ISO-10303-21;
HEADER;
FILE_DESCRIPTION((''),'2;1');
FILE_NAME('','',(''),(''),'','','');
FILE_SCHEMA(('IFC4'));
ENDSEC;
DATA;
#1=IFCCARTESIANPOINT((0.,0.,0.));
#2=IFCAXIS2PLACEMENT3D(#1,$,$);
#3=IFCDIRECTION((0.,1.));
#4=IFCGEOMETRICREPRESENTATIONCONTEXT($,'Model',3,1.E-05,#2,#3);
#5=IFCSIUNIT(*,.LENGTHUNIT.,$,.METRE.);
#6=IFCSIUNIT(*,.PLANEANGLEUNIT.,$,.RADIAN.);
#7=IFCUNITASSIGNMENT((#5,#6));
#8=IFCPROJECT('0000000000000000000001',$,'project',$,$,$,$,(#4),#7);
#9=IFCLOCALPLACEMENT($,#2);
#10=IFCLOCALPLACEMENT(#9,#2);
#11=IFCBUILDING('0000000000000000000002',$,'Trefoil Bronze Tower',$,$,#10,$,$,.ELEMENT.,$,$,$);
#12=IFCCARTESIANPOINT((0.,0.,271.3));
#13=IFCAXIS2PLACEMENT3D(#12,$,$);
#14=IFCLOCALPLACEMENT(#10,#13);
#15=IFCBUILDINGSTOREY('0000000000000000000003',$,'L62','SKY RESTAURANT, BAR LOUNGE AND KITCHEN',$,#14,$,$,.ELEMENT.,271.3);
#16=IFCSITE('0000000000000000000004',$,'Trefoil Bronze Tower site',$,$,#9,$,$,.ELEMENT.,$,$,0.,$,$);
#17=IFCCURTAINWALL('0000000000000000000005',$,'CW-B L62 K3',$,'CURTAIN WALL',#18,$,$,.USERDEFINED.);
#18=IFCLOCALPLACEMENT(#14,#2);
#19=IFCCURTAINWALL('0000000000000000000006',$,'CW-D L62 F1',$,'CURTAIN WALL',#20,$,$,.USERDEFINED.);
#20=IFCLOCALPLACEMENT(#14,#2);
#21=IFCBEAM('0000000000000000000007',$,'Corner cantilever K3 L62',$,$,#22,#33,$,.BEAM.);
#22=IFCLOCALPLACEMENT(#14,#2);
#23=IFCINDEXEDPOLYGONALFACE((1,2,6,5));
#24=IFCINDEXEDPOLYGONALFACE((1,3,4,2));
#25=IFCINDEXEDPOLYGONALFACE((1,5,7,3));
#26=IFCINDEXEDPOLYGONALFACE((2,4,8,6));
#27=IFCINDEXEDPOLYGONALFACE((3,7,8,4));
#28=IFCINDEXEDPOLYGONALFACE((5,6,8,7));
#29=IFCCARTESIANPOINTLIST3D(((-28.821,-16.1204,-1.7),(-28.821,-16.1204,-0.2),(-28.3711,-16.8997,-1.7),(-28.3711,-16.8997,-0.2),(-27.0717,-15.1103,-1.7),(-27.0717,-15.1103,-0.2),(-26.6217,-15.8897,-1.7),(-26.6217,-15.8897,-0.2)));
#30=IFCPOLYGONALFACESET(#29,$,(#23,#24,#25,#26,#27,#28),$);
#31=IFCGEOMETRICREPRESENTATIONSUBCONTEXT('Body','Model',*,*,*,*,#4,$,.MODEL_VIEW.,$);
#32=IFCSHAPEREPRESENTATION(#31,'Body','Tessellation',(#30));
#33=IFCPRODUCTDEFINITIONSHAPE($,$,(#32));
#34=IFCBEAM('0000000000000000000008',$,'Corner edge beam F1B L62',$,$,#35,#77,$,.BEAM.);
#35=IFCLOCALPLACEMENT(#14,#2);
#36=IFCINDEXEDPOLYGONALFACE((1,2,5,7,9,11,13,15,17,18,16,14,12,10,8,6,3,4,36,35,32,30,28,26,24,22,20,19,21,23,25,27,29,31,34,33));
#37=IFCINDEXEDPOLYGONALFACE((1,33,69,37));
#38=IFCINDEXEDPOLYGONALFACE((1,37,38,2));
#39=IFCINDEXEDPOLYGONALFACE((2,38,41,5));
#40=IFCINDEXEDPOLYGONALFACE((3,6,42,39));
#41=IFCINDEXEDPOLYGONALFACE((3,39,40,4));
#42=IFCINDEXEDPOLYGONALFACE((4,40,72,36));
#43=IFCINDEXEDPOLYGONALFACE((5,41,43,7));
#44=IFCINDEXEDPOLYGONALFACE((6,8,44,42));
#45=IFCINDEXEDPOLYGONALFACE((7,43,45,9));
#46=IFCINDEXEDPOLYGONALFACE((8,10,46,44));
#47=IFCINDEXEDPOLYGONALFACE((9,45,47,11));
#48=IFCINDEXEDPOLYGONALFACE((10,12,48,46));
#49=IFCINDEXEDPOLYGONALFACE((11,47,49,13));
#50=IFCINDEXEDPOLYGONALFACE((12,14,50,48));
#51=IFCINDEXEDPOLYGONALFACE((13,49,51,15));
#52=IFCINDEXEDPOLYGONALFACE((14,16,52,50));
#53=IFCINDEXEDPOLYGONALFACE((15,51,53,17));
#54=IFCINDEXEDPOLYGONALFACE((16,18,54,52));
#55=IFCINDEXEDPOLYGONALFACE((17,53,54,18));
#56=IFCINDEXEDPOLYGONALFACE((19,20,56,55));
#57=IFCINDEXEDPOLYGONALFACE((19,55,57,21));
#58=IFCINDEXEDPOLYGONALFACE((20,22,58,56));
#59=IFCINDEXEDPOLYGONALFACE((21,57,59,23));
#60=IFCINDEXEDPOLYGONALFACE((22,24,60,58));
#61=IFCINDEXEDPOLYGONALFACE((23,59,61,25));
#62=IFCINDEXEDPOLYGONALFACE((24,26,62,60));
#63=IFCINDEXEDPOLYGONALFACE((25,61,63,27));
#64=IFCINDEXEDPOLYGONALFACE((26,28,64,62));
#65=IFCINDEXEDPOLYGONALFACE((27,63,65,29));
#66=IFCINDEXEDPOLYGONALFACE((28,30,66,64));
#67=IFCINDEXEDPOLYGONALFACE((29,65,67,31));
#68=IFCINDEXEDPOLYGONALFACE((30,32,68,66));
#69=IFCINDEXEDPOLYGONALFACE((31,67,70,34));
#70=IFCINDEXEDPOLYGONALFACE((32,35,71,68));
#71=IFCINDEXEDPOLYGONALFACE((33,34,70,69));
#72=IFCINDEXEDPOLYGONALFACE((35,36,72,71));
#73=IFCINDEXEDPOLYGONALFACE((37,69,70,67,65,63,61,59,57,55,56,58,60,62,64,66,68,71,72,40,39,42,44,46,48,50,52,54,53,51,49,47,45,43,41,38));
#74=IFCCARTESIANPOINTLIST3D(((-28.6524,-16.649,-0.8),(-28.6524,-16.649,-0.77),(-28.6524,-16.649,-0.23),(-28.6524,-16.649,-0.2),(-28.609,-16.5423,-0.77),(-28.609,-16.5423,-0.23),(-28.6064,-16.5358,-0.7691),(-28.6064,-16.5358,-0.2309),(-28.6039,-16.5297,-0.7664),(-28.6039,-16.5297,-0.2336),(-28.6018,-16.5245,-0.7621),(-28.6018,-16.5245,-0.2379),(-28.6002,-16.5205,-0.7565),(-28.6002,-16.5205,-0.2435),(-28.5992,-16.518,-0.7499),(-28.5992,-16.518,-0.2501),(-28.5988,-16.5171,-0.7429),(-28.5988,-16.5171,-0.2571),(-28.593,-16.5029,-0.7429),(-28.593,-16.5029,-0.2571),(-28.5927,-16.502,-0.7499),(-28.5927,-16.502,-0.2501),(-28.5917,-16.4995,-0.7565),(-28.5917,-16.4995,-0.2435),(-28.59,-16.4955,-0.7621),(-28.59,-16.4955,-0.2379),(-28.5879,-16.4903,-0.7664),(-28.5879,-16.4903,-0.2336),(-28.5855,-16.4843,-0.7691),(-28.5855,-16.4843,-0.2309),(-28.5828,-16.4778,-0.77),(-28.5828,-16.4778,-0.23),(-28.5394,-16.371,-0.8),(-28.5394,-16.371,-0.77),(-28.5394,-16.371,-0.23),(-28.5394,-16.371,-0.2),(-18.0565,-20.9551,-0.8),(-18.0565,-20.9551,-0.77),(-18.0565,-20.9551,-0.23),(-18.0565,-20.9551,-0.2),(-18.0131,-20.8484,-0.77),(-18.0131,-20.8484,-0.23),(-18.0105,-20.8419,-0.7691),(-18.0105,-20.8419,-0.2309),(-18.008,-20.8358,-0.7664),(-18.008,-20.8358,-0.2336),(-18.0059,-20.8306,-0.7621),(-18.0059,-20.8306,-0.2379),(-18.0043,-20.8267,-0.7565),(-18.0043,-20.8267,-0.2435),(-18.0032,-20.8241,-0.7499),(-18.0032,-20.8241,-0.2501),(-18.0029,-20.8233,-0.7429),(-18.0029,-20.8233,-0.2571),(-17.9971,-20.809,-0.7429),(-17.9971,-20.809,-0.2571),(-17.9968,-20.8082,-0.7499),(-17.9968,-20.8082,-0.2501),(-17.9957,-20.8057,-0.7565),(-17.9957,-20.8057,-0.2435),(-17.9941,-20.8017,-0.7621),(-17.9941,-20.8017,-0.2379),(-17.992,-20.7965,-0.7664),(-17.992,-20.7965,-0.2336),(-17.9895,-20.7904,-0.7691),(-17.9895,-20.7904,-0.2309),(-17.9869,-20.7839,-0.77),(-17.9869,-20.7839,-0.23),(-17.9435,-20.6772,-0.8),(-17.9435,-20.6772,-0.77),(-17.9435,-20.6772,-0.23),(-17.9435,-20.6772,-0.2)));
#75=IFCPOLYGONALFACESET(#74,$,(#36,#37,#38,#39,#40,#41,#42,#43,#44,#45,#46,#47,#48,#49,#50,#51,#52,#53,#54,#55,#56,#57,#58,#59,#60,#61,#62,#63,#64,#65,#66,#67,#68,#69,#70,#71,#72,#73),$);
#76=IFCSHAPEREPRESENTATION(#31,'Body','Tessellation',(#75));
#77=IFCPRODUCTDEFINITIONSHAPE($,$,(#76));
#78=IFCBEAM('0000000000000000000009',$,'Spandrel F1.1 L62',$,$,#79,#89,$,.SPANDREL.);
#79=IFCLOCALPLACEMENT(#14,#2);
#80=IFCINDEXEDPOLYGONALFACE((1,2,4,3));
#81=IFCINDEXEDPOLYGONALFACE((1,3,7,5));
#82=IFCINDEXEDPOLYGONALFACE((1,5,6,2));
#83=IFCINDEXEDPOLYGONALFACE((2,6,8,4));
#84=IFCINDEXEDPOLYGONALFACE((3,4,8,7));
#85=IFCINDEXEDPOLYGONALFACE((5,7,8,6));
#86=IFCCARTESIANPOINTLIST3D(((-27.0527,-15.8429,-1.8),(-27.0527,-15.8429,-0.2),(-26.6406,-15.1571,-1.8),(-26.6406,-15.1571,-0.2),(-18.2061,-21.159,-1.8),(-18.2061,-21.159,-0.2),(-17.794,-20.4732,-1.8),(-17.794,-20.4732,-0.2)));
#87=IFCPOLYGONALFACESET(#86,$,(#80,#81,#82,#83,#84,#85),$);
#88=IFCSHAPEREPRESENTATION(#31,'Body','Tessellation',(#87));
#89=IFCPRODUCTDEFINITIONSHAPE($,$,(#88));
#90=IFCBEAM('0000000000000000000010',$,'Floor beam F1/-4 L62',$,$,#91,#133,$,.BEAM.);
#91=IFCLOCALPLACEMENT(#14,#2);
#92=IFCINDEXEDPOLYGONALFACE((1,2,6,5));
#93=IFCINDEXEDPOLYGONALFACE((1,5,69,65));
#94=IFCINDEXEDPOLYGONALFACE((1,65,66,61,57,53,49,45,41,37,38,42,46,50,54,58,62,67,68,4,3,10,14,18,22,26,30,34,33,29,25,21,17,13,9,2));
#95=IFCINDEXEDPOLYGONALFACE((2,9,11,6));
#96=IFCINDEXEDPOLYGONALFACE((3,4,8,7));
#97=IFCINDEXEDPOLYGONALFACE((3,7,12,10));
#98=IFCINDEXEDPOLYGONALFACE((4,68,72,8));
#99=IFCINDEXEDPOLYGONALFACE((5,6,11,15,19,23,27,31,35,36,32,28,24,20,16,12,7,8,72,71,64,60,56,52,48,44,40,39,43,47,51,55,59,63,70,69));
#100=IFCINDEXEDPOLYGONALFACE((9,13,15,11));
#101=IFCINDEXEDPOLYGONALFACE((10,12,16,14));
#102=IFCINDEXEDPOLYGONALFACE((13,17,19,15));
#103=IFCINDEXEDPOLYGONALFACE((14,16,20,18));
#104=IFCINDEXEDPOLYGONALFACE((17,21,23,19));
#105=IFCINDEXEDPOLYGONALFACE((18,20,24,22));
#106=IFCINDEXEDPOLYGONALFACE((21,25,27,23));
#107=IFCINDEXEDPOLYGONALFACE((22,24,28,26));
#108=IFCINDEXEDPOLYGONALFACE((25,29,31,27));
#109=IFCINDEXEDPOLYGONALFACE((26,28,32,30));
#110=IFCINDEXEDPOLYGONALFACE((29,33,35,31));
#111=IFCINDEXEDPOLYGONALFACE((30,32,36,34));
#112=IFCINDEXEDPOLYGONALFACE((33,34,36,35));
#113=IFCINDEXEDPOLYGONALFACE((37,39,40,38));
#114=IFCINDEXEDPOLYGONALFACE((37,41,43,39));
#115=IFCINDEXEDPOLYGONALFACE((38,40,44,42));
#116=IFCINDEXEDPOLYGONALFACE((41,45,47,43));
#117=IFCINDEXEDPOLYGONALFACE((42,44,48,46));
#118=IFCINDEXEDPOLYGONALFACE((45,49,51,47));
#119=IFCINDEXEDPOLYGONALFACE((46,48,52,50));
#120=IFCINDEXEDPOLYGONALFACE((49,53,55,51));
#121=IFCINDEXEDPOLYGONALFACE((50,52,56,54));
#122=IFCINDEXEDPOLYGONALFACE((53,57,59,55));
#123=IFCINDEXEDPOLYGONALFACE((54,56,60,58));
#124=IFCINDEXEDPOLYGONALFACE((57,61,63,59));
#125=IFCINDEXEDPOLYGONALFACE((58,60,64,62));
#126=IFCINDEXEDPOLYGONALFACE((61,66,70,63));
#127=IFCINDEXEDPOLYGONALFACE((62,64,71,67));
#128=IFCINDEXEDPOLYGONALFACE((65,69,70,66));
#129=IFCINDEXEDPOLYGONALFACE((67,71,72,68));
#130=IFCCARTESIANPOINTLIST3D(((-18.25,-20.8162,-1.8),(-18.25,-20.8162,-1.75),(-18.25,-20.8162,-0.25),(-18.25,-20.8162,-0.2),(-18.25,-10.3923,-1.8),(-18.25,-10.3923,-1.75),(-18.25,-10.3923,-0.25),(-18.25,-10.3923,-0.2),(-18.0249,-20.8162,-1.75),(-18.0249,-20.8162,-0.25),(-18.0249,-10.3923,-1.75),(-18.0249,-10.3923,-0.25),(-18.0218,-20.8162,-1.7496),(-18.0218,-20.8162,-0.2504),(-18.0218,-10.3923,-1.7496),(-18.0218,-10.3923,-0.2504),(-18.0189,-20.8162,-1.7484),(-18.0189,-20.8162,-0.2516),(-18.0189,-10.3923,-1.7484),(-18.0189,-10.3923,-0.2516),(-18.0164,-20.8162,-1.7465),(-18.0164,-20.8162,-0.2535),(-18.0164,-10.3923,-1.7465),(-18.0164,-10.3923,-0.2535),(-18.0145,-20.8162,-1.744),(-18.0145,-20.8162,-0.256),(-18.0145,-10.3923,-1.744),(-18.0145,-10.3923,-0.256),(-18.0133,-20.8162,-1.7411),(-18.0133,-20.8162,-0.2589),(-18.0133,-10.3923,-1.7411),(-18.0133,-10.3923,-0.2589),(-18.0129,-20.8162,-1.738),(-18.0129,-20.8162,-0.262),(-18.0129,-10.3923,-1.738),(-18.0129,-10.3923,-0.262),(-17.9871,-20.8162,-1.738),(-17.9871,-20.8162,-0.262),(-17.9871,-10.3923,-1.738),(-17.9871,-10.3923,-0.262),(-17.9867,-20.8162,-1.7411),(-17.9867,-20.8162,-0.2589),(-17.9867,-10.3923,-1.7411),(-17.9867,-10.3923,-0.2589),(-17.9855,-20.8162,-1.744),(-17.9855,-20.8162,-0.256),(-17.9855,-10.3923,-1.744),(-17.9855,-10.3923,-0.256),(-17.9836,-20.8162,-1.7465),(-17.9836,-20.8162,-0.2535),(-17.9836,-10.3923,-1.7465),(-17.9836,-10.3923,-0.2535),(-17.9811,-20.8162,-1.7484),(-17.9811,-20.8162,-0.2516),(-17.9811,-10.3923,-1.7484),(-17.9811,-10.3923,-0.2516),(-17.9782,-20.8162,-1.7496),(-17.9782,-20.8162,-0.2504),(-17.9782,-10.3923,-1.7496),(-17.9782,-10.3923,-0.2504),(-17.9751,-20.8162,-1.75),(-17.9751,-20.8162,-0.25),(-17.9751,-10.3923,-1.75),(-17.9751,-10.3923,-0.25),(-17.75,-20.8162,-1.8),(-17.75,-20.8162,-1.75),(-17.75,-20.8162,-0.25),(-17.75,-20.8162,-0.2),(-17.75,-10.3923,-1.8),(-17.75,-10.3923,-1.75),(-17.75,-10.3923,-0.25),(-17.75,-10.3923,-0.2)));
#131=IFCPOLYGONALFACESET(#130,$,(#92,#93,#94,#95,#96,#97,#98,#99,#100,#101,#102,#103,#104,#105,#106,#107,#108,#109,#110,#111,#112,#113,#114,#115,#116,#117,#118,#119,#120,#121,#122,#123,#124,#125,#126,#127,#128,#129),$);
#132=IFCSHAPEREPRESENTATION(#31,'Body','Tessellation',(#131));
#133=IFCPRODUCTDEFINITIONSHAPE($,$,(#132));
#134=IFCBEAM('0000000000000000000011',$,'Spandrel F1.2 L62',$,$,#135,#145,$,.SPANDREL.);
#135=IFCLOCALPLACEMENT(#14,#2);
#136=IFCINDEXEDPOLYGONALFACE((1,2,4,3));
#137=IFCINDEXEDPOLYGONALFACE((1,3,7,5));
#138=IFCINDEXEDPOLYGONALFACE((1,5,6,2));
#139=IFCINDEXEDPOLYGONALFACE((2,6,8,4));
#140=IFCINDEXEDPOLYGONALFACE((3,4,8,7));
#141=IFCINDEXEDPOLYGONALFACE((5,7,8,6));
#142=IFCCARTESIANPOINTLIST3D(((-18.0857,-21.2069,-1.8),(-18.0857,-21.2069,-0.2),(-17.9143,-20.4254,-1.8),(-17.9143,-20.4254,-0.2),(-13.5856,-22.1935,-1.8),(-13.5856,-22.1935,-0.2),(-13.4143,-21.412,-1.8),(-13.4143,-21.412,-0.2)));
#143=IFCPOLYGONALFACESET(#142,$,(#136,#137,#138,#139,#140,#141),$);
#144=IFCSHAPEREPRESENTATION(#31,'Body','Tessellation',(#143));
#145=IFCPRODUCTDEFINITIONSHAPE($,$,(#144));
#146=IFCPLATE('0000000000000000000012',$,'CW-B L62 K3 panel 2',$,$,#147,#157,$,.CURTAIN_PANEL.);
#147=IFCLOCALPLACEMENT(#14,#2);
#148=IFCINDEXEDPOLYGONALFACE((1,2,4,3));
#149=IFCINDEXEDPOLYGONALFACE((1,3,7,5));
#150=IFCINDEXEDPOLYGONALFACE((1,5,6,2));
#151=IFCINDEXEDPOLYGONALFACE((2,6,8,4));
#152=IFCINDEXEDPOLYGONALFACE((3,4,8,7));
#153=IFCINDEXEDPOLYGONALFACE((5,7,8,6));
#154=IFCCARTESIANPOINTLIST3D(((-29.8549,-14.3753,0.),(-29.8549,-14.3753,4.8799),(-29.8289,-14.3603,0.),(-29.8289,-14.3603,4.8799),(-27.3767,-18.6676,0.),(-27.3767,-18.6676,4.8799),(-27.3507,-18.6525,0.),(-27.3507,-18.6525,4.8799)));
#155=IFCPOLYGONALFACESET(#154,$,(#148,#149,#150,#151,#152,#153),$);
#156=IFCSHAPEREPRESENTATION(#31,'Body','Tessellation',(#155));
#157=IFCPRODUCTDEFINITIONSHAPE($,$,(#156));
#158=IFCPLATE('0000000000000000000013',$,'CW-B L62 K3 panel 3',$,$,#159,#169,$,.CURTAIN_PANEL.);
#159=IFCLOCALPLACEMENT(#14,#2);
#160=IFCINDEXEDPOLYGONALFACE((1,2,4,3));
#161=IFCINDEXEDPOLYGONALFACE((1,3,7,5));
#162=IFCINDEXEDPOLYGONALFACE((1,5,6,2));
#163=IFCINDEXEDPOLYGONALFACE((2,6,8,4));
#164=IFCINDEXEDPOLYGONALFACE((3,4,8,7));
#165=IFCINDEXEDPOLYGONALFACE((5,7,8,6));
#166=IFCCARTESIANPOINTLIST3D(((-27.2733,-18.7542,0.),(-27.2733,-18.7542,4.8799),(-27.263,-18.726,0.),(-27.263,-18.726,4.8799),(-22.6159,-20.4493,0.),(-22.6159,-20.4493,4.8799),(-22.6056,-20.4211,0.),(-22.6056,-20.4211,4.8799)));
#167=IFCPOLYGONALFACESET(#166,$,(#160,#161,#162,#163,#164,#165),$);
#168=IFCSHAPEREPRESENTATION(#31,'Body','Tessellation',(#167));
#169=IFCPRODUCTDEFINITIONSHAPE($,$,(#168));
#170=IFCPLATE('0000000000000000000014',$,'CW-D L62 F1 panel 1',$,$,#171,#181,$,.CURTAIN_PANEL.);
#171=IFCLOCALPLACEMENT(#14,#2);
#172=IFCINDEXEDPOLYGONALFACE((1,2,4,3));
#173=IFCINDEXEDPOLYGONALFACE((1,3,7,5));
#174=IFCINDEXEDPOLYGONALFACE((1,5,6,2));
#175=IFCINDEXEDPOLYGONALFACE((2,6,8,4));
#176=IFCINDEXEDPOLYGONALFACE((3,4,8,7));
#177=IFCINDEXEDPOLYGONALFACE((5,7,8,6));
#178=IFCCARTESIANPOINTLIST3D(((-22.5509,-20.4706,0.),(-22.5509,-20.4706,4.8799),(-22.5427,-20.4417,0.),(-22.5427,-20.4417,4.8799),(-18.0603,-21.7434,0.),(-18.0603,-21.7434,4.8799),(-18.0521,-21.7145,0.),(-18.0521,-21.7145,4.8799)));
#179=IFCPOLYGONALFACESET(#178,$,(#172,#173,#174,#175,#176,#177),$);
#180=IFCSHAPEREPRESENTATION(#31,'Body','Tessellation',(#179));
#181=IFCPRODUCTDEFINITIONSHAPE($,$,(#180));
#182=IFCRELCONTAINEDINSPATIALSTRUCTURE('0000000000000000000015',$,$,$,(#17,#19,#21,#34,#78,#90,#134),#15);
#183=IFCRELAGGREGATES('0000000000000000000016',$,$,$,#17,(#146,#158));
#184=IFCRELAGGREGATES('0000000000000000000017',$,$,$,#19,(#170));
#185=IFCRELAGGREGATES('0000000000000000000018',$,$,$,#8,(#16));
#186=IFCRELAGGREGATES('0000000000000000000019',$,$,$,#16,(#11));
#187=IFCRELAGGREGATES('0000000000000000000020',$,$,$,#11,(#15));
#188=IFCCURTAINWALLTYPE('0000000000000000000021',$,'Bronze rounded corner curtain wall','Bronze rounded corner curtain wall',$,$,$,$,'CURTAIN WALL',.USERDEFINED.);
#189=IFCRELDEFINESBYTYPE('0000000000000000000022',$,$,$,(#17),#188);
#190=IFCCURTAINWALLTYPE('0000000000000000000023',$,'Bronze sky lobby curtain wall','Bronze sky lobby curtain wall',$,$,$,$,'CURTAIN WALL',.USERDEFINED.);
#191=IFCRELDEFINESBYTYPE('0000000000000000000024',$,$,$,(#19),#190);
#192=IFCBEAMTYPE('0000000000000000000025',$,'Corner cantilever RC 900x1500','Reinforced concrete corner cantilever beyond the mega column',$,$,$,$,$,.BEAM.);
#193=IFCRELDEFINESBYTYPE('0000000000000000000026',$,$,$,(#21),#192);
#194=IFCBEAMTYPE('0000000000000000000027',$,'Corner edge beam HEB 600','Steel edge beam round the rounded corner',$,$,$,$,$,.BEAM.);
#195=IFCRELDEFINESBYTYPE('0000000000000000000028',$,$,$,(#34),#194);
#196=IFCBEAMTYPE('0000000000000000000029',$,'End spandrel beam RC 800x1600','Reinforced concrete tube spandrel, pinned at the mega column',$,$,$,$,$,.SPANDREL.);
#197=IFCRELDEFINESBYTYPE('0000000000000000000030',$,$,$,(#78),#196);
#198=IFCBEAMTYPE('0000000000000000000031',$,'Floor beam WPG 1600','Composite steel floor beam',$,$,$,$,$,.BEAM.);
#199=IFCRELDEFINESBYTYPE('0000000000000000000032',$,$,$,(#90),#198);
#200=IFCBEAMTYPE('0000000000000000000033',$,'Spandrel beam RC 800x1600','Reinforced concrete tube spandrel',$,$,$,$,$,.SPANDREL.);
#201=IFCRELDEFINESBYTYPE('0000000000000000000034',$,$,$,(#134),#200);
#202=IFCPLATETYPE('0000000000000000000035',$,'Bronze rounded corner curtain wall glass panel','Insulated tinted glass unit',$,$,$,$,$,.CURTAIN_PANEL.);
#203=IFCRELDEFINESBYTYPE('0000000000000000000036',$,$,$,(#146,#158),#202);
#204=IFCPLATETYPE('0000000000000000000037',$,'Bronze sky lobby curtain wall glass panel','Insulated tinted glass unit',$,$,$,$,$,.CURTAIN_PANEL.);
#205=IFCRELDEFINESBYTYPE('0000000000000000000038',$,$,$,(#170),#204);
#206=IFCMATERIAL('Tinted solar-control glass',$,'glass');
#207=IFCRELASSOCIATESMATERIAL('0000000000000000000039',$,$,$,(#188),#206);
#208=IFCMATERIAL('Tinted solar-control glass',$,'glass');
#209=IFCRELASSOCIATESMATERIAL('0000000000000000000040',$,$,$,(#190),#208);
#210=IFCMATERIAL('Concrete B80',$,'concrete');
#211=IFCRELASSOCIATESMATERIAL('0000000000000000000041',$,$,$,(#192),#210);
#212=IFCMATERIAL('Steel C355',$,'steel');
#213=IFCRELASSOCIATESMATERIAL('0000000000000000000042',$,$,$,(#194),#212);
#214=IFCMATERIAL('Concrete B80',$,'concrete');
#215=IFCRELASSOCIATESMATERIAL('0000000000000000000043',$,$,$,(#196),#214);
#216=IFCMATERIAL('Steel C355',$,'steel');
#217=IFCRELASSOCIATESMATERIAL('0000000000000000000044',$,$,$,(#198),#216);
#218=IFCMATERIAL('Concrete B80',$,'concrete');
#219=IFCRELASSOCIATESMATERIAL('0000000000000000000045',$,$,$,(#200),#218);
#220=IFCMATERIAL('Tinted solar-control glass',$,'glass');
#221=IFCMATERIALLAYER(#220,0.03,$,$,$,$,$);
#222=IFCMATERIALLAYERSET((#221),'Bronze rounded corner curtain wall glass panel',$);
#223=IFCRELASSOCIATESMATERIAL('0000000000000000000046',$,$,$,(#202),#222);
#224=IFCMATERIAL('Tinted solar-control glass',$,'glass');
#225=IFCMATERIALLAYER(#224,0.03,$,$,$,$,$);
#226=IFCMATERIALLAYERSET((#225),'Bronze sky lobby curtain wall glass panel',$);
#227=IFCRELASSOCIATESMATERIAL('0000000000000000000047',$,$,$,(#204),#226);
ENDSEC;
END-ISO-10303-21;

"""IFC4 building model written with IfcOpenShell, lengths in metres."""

from ifc_helpers import new_model, si_unit, direction, frame, origin, origin_2d, place, context, subcontext, project, spatial, rectangle, i_section, extrude, material, layer, layer_set, material_profile, profile_set, type_object, element, aggregate, save


model = new_model("IFC4")

# Units and contexts
model_context = context("Model", 3, precision=1e-05, world=origin(), true_north=direction((0.0, 1.0)))
body_context = subcontext(model_context, "Body", "Model", "MODEL_VIEW")
ifc_project = project(units=[si_unit("LENGTHUNIT", "METRE"), si_unit("PLANEANGLEUNIT", "RADIAN")], contexts=[model_context])

# Site, building, storey
site_placement = place(None, origin())
site = spatial("IfcSite", under=ifc_project, at=site_placement, Name="Trefoil Bronze Tower site", CompositionType="ELEMENT", RefElevation=0.0)
building_placement = place(site_placement, origin())
building = spatial("IfcBuilding", under=site, at=building_placement, Name="Trefoil Bronze Tower", CompositionType="ELEMENT")
storey_placement = place(building_placement, frame((0.0, 0.0, 271.3)))
storey = spatial("IfcBuildingStorey", under=building, at=storey_placement, Name="L62", Description="SKY RESTAURANT, BAR LOUNGE AND KITCHEN", CompositionType="ELEMENT", Elevation=271.3)

# Curtain walls
ifc_material_1 = material(Name="Tinted solar-control glass", Category="glass")
curtain_wall_type_1 = type_object("IfcCurtainWallType", Name="Bronze rounded corner curtain wall", Description="Bronze rounded corner curtain wall", ElementType="CURTAIN WALL", PredefinedType="USERDEFINED", material=ifc_material_1)
curtain_wall_1_placement = place(storey_placement, origin())
curtain_wall_1 = element("IfcCurtainWall", 1, at=curtain_wall_1_placement, inside=storey, type_object=curtain_wall_type_1, Name="CW-B L62 K3", ObjectType="CURTAIN WALL", PredefinedType="USERDEFINED")
ifc_material_2 = material(Name="Tinted solar-control glass", Category="glass")
curtain_wall_type_2 = type_object("IfcCurtainWallType", Name="Bronze sky lobby curtain wall", Description="Bronze sky lobby curtain wall", ElementType="CURTAIN WALL", PredefinedType="USERDEFINED", material=ifc_material_2)
curtain_wall_2_placement = place(storey_placement, origin())
curtain_wall_2 = element("IfcCurtainWall", 2, at=curtain_wall_2_placement, inside=storey, type_object=curtain_wall_type_2, Name="CW-D L62 F1", ObjectType="CURTAIN WALL", PredefinedType="USERDEFINED")

# Beams
ifc_material_3 = material(Name="Concrete B80", Category="concrete")
ifc_material_profile_1 = material_profile(ifc_material_3, rectangle(XDim=0.8999, YDim=1.5, at=origin_2d()), Name="RC 900x1500")
ifc_profile_set_1 = profile_set([ifc_material_profile_1], Name="Concrete B80")
beam_type_1 = type_object("IfcBeamType", Name="Corner cantilever RC 900x1500", Description="Reinforced concrete corner cantilever beyond the mega column", PredefinedType="BEAM", material=ifc_profile_set_1)
beam_1_placement = place(storey_placement, frame((-26.8467, -15.5, -0.95), z_axis=(-0.86601, -0.500026, 0.0), x_axis=(0.500026, -0.86601, 0.0)))
element("IfcBeam", 3, at=beam_1_placement, inside=storey, type_object=beam_type_1, Name="Corner cantilever K3 L62", PredefinedType="BEAM", context=body_context, shape_type="SweptSolid", body=[
    extrude(rectangle(XDim=0.8999, YDim=1.5, at=origin_2d()), origin(), (0.0, 0.0, 1.0), 2.02),
])
ifc_material_4 = material(Name="Steel C355", Category="steel")
ifc_material_profile_2 = material_profile(ifc_material_4, i_section(OverallWidth=0.3, OverallDepth=0.6001, WebThickness=0.0154, FlangeThickness=0.03, FilletRadius=0.0271, at=origin_2d()), Name="HEB 600")
ifc_profile_set_2 = profile_set([ifc_material_profile_2], Name="Steel C355")
beam_type_2 = type_object("IfcBeamType", Name="Corner edge beam HEB 600", Description="Steel edge beam round the rounded corner", PredefinedType="BEAM", material=ifc_profile_set_2)
beam_2_placement = place(storey_placement, frame((-18.0, -20.8162, -0.5), z_axis=(-0.926419, 0.376493, 0.0), x_axis=(-0.376493, -0.926419, 0.0)))
element("IfcBeam", 4, at=beam_2_placement, inside=storey, type_object=beam_type_2, Name="Corner edge beam F1B L62", PredefinedType="BEAM", context=body_context, shape_type="SweptSolid", body=[
    extrude(i_section(OverallWidth=0.3, OverallDepth=0.6001, WebThickness=0.0154, FlangeThickness=0.03, FilletRadius=0.0271, at=origin_2d()), origin(), (0.0, 0.0, 1.0), 11.4375),
])
ifc_material_5 = material(Name="Concrete B80", Category="concrete")
ifc_material_profile_3 = material_profile(ifc_material_5, rectangle(XDim=0.8, YDim=1.6001, at=origin_2d()), Name="RC 800x1600")
ifc_profile_set_3 = profile_set([ifc_material_profile_3], Name="Concrete B80")
beam_type_3 = type_object("IfcBeamType", Name="End spandrel beam RC 800x1600", Description="Reinforced concrete tube spandrel, pinned at the mega column", PredefinedType="SPANDREL", material=ifc_profile_set_3)
beam_3_placement = place(storey_placement, frame((-26.8467, -15.5, -1.0), z_axis=(0.857144, -0.515077, 0.0), x_axis=(0.515077, 0.857144, 0.0)))
element("IfcBeam", 5, at=beam_3_placement, inside=storey, type_object=beam_type_3, Name="Spandrel F1.1 L62", PredefinedType="SPANDREL", context=body_context, shape_type="SweptSolid", body=[
    extrude(rectangle(XDim=0.8, YDim=1.6001, at=origin_2d()), origin(), (0.0, 0.0, 1.0), 10.321),
])
ifc_material_6 = material(Name="Steel C355", Category="steel")
ifc_material_profile_4 = material_profile(ifc_material_6, i_section(OverallWidth=0.5, OverallDepth=1.6001, WebThickness=0.0259, FlangeThickness=0.05, FilletRadius=0.012, at=origin_2d()), Name="WPG 1600")
ifc_profile_set_4 = profile_set([ifc_material_profile_4], Name="Steel C355")
beam_type_4 = type_object("IfcBeamType", Name="Floor beam WPG 1600", Description="Composite steel floor beam", PredefinedType="BEAM", material=ifc_profile_set_4)
beam_4_placement = place(storey_placement, frame((-18.0, -20.8162, -1.0), z_axis=(0.0, 1.0, 0.0), x_axis=(-1.0, 0.0, 0.0)))
element("IfcBeam", 6, at=beam_4_placement, inside=storey, type_object=beam_type_4, Name="Floor beam F1/-4 L62", PredefinedType="BEAM", context=body_context, shape_type="SweptSolid", body=[
    extrude(i_section(OverallWidth=0.5, OverallDepth=1.6001, WebThickness=0.0259, FlangeThickness=0.05, FilletRadius=0.012, at=origin_2d()), origin(), (0.0, 0.0, 1.0), 10.4238),
])
ifc_material_7 = material(Name="Concrete B80", Category="concrete")
ifc_material_profile_5 = material_profile(ifc_material_7, rectangle(XDim=0.8, YDim=1.6001, at=origin_2d()), Name="RC 800x1600")
ifc_profile_set_5 = profile_set([ifc_material_profile_5], Name="Concrete B80")
beam_type_5 = type_object("IfcBeamType", Name="Spandrel beam RC 800x1600", Description="Reinforced concrete tube spandrel", PredefinedType="SPANDREL", material=ifc_profile_set_5)
beam_5_placement = place(storey_placement, frame((-18.0, -20.8162, -1.0), z_axis=(0.9768, -0.214152, 0.0), x_axis=(0.214152, 0.9768, 0.0)))
element("IfcBeam", 7, at=beam_5_placement, inside=storey, type_object=beam_type_5, Name="Spandrel F1.2 L62", PredefinedType="SPANDREL", context=body_context, shape_type="SweptSolid", body=[
    extrude(rectangle(XDim=0.8, YDim=1.6001, at=origin_2d()), origin(), (0.0, 0.0, 1.0), 4.6069),
])

# Plates
ifc_material_8 = material(Name="Tinted solar-control glass", Category="glass")
ifc_layer_1 = layer(ifc_material_8, 0.03)
ifc_layer_set_1 = layer_set([ifc_layer_1], Name="Bronze rounded corner curtain wall glass panel")
plate_type_1 = type_object("IfcPlateType", Name="Bronze rounded corner curtain wall glass panel", Description="Insulated tinted glass unit", PredefinedType="CURTAIN_PANEL", material=ifc_layer_set_1)
plate_1_placement = place(storey_placement, frame((-28.6028, -16.5139, 0.0), z_axis=(0.0, 0.0, 1.0), x_axis=(0.5, -0.866025, 0.0)))
plate_1 = element("IfcPlate", 8, at=plate_1_placement, type_object=plate_type_1, Name="CW-B L62 K3 panel 2", PredefinedType="CURTAIN_PANEL", context=body_context, shape_type="SweptSolid", body=[
    extrude(rectangle(XDim=4.9563, YDim=0.03, at=origin_2d()), origin(), (0.0, 0.0, 1.0), 4.8799),
])
plate_2_placement = place(storey_placement, frame((-24.9395, -19.5876, 0.0), z_axis=(0.0, 0.0, 1.0), x_axis=(0.939693, -0.34202, 0.0)))
plate_2 = element("IfcPlate", 9, at=plate_2_placement, type_object=plate_type_1, Name="CW-B L62 K3 panel 3", PredefinedType="CURTAIN_PANEL", context=body_context, shape_type="SweptSolid", body=[
    extrude(rectangle(XDim=4.9563, YDim=0.03, at=origin_2d()), origin(), (0.0, 0.0, 1.0), 4.8799),
])
aggregate(curtain_wall_1, [plate_1, plate_2])
ifc_material_9 = material(Name="Tinted solar-control glass", Category="glass")
ifc_layer_2 = layer(ifc_material_9, 0.03)
ifc_layer_set_2 = layer_set([ifc_layer_2], Name="Bronze sky lobby curtain wall glass panel")
plate_type_2 = type_object("IfcPlateType", Name="Bronze sky lobby curtain wall glass panel", Description="Insulated tinted glass unit", PredefinedType="CURTAIN_PANEL", material=ifc_layer_set_2)
plate_3_placement = place(storey_placement, frame((-20.3015, -21.0925, 0.0), z_axis=(0.0, 0.0, 1.0), x_axis=(0.962098, -0.272705, 0.0)))
plate_3 = element("IfcPlate", 10, at=plate_3_placement, type_object=plate_type_2, Name="CW-D L62 F1 panel 1", PredefinedType="CURTAIN_PANEL", context=body_context, shape_type="SweptSolid", body=[
    extrude(rectangle(XDim=4.6675, YDim=0.03, at=origin_2d()), origin(), (0.0, 0.0, 1.0), 4.8799),
])
aggregate(curtain_wall_2, [plate_3])

save(model, "model.ifc")
